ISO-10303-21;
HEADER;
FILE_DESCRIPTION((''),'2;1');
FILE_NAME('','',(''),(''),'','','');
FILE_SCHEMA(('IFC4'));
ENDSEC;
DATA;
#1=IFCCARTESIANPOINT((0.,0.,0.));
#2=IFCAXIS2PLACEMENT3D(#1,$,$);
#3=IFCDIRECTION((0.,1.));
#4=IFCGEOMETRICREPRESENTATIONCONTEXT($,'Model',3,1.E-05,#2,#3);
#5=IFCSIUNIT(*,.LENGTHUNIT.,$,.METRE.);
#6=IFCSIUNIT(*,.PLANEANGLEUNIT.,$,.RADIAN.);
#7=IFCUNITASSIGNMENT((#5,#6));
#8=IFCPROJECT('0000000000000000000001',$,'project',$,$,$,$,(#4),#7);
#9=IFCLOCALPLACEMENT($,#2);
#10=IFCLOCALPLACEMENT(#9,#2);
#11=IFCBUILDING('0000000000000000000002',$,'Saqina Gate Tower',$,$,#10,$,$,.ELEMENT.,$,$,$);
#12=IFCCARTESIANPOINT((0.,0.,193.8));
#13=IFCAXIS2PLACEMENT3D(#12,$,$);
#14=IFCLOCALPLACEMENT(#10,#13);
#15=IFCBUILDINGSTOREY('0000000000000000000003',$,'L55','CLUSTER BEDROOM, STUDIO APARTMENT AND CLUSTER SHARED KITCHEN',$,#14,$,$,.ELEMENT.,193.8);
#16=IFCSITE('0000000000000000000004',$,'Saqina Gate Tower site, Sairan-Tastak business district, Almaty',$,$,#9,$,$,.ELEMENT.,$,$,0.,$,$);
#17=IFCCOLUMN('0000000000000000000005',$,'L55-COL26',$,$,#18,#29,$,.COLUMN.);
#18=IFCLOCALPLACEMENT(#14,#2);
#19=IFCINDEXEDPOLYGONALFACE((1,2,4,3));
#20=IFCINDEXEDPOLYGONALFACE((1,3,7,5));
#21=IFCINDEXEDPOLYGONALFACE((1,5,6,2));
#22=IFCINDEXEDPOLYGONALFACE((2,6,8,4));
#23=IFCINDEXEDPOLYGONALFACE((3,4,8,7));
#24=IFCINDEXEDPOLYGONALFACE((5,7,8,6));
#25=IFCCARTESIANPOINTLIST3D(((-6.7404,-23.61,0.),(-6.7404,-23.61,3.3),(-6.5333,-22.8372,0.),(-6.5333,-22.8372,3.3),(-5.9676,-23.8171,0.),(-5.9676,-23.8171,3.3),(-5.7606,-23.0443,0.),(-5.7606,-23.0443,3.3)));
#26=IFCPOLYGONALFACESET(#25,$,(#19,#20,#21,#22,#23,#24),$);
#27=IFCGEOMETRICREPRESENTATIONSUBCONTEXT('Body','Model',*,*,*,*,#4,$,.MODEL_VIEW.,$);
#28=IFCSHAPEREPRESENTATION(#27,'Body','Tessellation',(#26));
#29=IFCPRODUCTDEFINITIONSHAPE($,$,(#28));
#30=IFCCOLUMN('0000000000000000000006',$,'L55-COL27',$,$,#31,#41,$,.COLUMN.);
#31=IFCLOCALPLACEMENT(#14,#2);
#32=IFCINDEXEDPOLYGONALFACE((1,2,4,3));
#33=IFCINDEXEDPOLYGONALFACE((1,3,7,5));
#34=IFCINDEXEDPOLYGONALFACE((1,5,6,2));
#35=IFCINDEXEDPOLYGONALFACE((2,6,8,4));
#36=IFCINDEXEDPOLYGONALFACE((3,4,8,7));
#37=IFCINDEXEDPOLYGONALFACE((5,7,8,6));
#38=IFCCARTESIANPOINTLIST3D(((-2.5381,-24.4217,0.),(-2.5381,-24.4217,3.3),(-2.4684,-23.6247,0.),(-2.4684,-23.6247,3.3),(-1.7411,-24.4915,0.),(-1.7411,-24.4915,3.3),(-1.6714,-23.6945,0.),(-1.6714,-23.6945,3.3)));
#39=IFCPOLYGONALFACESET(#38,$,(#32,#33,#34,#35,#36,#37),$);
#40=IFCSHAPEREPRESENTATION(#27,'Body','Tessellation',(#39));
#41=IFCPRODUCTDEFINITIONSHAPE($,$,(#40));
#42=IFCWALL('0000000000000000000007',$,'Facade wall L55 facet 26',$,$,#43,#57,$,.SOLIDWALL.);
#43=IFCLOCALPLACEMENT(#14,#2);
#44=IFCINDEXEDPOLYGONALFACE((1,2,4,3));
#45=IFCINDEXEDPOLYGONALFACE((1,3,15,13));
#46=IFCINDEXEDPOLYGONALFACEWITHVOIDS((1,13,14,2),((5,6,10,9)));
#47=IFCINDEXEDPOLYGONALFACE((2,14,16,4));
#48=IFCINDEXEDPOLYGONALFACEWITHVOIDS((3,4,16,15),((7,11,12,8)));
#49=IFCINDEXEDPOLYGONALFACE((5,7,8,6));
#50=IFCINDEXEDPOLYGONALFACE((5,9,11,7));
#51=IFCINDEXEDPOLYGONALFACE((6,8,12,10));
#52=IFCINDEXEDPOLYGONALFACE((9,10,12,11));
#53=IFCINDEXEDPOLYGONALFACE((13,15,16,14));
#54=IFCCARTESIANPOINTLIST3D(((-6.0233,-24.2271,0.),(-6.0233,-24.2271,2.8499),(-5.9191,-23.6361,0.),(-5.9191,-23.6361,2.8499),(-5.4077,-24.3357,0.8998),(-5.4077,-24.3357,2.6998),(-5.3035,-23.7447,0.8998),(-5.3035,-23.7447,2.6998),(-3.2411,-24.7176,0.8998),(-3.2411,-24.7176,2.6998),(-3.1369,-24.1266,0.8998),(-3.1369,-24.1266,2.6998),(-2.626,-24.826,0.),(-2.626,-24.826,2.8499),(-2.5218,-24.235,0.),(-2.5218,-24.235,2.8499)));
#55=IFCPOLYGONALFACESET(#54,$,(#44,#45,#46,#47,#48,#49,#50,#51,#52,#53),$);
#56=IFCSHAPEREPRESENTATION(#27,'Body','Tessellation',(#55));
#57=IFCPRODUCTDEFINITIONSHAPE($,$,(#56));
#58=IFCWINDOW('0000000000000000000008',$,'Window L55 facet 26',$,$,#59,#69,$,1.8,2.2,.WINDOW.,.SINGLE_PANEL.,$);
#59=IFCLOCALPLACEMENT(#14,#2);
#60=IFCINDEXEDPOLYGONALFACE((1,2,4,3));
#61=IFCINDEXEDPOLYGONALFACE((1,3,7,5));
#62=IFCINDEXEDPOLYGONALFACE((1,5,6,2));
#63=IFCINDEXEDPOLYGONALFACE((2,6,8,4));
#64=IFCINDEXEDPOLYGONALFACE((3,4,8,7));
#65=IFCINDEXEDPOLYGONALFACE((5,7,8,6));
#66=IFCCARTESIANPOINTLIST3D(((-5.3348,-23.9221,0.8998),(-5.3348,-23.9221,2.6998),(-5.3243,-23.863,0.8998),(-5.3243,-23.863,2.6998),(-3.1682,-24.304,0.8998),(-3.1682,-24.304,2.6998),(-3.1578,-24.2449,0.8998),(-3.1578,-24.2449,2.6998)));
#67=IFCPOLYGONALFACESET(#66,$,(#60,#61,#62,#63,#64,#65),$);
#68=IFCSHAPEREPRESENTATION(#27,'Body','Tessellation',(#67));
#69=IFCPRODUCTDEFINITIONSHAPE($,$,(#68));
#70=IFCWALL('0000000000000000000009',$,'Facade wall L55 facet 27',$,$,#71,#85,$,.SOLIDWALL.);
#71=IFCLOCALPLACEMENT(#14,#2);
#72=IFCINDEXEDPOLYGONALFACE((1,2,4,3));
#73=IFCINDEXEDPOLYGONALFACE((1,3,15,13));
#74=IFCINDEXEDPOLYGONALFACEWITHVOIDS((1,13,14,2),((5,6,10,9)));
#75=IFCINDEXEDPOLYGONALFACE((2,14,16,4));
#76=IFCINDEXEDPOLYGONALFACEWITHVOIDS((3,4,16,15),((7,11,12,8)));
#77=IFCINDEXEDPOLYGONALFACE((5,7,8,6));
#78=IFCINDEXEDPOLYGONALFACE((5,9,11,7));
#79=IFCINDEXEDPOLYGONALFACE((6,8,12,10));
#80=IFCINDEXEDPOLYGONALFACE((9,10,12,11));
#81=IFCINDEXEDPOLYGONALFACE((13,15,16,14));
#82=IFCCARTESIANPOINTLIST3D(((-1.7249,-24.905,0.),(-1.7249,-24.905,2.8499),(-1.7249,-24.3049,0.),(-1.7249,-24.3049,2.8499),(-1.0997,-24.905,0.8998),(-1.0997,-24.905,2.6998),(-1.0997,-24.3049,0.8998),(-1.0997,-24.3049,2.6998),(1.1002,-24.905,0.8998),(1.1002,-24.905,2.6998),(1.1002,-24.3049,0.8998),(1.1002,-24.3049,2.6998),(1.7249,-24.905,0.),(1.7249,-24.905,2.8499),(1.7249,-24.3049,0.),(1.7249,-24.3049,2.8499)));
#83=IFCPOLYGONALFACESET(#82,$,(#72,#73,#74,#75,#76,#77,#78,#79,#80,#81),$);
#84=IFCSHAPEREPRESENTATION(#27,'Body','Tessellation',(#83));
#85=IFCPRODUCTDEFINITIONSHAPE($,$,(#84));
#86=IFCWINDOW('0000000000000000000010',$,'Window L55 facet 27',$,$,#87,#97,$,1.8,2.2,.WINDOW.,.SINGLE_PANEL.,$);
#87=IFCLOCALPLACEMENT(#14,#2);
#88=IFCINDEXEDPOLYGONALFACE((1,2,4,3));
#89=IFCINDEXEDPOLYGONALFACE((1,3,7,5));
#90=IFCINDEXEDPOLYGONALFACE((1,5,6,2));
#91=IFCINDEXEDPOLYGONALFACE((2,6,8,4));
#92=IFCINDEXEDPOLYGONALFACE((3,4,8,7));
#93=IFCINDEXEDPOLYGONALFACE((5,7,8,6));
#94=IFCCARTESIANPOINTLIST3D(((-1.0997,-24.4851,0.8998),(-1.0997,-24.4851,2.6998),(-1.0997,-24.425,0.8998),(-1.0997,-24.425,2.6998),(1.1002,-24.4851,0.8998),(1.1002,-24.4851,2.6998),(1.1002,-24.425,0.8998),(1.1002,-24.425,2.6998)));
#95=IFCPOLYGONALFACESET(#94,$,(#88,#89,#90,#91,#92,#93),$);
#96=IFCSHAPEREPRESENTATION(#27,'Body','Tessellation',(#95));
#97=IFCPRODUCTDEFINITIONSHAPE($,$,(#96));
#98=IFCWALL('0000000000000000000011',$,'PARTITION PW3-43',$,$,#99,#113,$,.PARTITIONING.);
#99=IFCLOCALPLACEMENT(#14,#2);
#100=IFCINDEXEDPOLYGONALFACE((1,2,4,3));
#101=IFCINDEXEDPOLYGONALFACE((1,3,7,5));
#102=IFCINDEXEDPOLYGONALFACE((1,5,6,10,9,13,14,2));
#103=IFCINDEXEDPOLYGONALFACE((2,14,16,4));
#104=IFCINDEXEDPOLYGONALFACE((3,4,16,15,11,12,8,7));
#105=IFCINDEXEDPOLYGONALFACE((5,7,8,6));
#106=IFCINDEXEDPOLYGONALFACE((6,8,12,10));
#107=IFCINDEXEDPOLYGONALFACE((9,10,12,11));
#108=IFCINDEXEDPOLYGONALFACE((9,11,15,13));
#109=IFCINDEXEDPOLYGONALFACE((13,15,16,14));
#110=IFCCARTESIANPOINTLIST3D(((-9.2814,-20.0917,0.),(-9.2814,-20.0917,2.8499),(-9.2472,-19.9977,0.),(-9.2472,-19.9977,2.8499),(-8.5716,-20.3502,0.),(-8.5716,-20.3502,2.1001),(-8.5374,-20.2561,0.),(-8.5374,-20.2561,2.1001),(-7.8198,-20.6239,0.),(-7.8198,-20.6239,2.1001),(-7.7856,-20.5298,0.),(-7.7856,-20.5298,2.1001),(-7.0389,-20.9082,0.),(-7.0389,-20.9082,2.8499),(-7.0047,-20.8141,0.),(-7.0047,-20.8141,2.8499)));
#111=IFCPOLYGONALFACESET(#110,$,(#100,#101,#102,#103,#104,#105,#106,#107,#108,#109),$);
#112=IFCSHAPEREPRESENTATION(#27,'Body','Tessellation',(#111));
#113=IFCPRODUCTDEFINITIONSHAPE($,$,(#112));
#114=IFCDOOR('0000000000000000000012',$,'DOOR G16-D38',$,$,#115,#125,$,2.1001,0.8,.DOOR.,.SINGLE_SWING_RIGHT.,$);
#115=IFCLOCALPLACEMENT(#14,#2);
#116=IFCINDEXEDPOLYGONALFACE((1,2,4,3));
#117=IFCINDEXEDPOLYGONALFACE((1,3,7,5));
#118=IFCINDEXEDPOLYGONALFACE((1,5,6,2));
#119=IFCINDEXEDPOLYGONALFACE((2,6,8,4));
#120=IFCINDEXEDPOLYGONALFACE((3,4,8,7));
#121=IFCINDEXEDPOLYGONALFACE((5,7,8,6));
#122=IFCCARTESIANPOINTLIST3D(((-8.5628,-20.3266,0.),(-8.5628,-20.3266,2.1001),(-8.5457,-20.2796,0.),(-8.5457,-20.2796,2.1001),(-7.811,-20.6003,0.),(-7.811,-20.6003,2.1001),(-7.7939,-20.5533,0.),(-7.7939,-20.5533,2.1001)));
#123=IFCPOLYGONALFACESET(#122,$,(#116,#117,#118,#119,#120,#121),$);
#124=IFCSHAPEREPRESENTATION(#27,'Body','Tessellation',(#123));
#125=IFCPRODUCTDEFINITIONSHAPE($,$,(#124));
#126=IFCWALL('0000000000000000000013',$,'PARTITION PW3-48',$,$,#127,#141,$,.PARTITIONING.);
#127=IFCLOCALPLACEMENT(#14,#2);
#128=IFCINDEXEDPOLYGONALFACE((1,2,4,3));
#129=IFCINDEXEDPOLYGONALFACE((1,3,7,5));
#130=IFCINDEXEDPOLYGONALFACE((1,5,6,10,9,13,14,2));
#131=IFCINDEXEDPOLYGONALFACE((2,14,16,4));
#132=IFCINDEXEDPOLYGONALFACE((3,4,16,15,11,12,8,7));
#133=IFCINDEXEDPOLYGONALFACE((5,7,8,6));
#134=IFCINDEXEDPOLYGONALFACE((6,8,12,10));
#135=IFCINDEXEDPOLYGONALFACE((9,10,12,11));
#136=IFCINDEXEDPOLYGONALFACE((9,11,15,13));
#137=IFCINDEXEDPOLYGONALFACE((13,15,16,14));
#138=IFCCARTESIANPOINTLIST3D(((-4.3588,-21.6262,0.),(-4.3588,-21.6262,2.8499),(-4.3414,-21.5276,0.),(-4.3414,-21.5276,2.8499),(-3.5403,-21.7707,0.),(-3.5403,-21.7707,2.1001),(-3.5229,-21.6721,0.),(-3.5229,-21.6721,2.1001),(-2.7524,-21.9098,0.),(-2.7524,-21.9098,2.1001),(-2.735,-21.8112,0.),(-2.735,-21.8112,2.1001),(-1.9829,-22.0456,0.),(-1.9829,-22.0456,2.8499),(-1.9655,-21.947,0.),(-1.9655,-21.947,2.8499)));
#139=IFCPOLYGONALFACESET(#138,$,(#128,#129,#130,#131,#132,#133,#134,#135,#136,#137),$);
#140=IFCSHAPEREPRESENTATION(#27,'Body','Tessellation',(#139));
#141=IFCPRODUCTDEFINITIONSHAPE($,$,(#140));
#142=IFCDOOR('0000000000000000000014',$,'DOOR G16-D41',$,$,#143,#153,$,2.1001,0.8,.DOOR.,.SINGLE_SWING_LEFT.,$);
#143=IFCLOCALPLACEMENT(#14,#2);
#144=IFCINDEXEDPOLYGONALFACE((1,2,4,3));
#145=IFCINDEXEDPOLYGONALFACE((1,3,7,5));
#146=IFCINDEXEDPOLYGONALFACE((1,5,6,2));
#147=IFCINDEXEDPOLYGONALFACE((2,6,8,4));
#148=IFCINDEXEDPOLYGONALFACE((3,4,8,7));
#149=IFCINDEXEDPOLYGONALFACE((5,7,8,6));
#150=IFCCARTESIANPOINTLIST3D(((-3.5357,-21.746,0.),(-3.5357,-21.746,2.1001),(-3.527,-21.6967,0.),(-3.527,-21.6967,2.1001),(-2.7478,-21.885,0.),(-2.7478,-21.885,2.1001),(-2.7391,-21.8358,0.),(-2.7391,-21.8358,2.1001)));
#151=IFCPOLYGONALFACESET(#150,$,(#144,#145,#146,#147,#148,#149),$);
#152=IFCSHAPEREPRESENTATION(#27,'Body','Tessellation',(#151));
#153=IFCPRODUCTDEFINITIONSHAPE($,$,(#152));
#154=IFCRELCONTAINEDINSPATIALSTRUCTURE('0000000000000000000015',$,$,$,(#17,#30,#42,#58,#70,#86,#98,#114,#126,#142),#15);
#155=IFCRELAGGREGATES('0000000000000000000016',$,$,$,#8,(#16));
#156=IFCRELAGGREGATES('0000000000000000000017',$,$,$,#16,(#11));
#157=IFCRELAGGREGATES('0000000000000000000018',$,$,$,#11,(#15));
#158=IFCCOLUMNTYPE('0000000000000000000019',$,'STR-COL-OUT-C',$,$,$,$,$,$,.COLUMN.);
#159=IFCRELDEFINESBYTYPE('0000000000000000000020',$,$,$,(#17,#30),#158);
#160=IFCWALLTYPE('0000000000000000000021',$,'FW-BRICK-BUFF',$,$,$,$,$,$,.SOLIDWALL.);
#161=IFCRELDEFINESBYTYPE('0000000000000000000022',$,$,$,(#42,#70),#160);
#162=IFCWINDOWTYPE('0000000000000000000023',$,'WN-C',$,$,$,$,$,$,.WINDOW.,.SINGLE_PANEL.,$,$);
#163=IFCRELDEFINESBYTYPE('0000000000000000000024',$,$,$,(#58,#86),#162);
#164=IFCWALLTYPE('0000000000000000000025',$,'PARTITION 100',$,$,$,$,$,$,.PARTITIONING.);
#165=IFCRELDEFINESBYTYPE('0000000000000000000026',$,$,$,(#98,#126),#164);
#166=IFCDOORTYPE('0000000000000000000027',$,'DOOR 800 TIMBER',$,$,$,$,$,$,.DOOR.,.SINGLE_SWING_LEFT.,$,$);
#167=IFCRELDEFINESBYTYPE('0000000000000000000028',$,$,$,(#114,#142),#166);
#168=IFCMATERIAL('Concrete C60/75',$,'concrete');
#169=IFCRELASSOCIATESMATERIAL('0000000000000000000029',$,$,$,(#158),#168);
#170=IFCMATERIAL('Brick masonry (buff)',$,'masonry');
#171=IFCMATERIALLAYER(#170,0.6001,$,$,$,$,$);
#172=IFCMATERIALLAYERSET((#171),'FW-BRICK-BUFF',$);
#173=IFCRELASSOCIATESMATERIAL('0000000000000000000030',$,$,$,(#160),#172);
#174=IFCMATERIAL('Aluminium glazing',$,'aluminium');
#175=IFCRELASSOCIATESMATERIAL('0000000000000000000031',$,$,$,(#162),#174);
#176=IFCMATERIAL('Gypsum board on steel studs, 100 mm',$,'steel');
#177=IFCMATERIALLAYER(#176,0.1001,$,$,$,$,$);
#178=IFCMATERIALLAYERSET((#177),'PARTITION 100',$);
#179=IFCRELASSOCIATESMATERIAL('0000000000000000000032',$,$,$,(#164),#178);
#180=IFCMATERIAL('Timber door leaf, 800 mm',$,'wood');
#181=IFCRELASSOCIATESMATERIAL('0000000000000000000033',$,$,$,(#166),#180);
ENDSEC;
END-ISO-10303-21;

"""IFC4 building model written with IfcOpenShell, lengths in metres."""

from ifc_helpers import new_model, si_unit, direction, frame, frame_2d, origin, origin_2d, place, context, subcontext, project, spatial, rectangle, extrude, material, layer, layer_set, material_profile, profile_set, type_object, element, fill, save


model = new_model("IFC4")

# Units and contexts
model_context = context("Model", 3, precision=1e-05, world=origin(), true_north=direction((0.0, 1.0)))
body_context = subcontext(model_context, "Body", "Model", "MODEL_VIEW")
ifc_project = project(units=[si_unit("LENGTHUNIT", "METRE"), si_unit("PLANEANGLEUNIT", "RADIAN")], contexts=[model_context])

# Site, building, storey
site_placement = place(None, origin())
site = spatial("IfcSite", under=ifc_project, at=site_placement, Name="Saqina Gate Tower site, Sairan-Tastak business district, Almaty", CompositionType="ELEMENT", RefElevation=0.0)
building_placement = place(site_placement, origin())
building = spatial("IfcBuilding", under=site, at=building_placement, Name="Saqina Gate Tower", CompositionType="ELEMENT")
storey_placement = place(building_placement, frame((0.0, 0.0, 193.8)))
storey = spatial("IfcBuildingStorey", under=building, at=storey_placement, Name="L55", Description="CLUSTER BEDROOM, STUDIO APARTMENT AND CLUSTER SHARED KITCHEN", CompositionType="ELEMENT", Elevation=193.8)

# Columns
ifc_material_1 = material(Name="Concrete C60/75", Category="concrete")
ifc_material_profile = material_profile(ifc_material_1, rectangle(XDim=0.8, YDim=0.8, at=origin_2d()), Name="RC 800x800")
ifc_profile_set = profile_set([ifc_material_profile], Name="Concrete C60/75")
column_type = type_object("IfcColumnType", Name="STR-COL-OUT-C", PredefinedType="COLUMN", material=ifc_profile_set)
for number, where, z_axis, x_axis, name in (
    (1, (-6.2505, -23.3271, 0.0), (0.0, 0.0, 1.0), (-0.258819, -0.965926, 0.0), "L55-COL26"),
    (2, (-2.1047, -24.0581, 0.0), (0.0, 0.0, 1.0), (-0.087156, -0.996195, 0.0), "L55-COL27"),
):
    element("IfcColumn", number, at=place(storey_placement, frame(where, z_axis=z_axis, x_axis=x_axis)), inside=storey, type_object=column_type, Name=name, PredefinedType="COLUMN", context=body_context, shape_type="SweptSolid", body=[
        extrude(rectangle(XDim=0.8, YDim=0.8, at=origin_2d()), origin(), (0.0, 0.0, 1.0), 3.3),
    ])

# Walls, openings, windows
ifc_material_2 = material(Name="Brick masonry (buff)", Category="masonry")
ifc_layer_1 = layer(ifc_material_2, 0.6001)
ifc_layer_set_1 = layer_set([ifc_layer_1], Name="FW-BRICK-BUFF")
wall_type_1 = type_object("IfcWallType", Name="FW-BRICK-BUFF", PredefinedType="SOLIDWALL", material=ifc_layer_set_1)
wall_1_placement = place(storey_placement, frame((-5.9712, -23.9316, 0.0), z_axis=(0.0, 0.0, 1.0), x_axis=(0.984815, -0.173608, 0.0)))
wall_1 = element("IfcWall", 3, at=wall_1_placement, inside=storey, type_object=wall_type_1, Name="Facade wall L55 facet 26", PredefinedType="SOLIDWALL", context=body_context, shape_type="SweptSolid", body=[
    extrude(rectangle(XDim=3.4497, YDim=0.6001, at=frame_2d((1.7249, 0.0))), origin(), (0.0, 0.0, 1.0), 2.8499),
])
opening_1_placement = place(wall_1_placement, frame((0.625, 0.0, 0.8999)))
opening_1 = element("IfcOpeningElement", 4, at=opening_1_placement, cuts=wall_1, PredefinedType="OPENING", context=body_context, shape_type="SweptSolid", body=[
    extrude(rectangle(XDim=2.2, YDim=1.8, at=frame_2d((1.1001, 0.8999))), frame((0.0, 0.312, 0.0), z_axis=(0.0, -1.0, 0.0), x_axis=(1.0, 0.0, 0.0)), (0.0, 0.0, 1.0), 0.624),
])
ifc_material_3 = material(Name="Aluminium glazing", Category="aluminium")
window_type = type_object("IfcWindowType", Name="WN-C", PartitioningType="SINGLE_PANEL", PredefinedType="WINDOW", material=ifc_material_3)
window_1_placement = place(opening_1_placement, origin())
window_1 = element("IfcWindow", 5, at=window_1_placement, inside=storey, type_object=window_type, Name="Window L55 facet 26", OverallHeight=1.8, OverallWidth=2.2, PartitioningType="SINGLE_PANEL", PredefinedType="WINDOW", context=body_context, shape_type="SweptSolid", body=[
    extrude(rectangle(XDim=2.2, YDim=1.8, at=frame_2d((1.1001, 0.8999))), frame((0.0, 0.1799, 0.0), z_axis=(0.0, -1.0, 0.0), x_axis=(1.0, 0.0, 0.0)), (0.0, 0.0, 1.0), 0.0601),
])
fill(opening_1, window_1)
wall_2_placement = place(storey_placement, frame((-1.7249, -24.605, 0.0), z_axis=(0.0, 0.0, 1.0), x_axis=(1.0, 0.0, 0.0)))
wall_2 = element("IfcWall", 6, at=wall_2_placement, inside=storey, type_object=wall_type_1, Name="Facade wall L55 facet 27", PredefinedType="SOLIDWALL", context=body_context, shape_type="SweptSolid", body=[
    extrude(rectangle(XDim=3.4497, YDim=0.6001, at=frame_2d((1.7249, 0.0))), origin(), (0.0, 0.0, 1.0), 2.8499),
])
opening_2_placement = place(wall_2_placement, frame((0.625, 0.0, 0.8999)))
opening_2 = element("IfcOpeningElement", 7, at=opening_2_placement, cuts=wall_2, PredefinedType="OPENING", context=body_context, shape_type="SweptSolid", body=[
    extrude(rectangle(XDim=2.2, YDim=1.8, at=frame_2d((1.1001, 0.8999))), frame((0.0, 0.312, 0.0), z_axis=(0.0, -1.0, 0.0), x_axis=(1.0, 0.0, 0.0)), (0.0, 0.0, 1.0), 0.624),
])
window_2_placement = place(opening_2_placement, origin())
window_2 = element("IfcWindow", 8, at=window_2_placement, inside=storey, type_object=window_type, Name="Window L55 facet 27", OverallHeight=1.8, OverallWidth=2.2, PartitioningType="SINGLE_PANEL", PredefinedType="WINDOW", context=body_context, shape_type="SweptSolid", body=[
    extrude(rectangle(XDim=2.2, YDim=1.8, at=frame_2d((1.1001, 0.8999))), frame((0.0, 0.1799, 0.0), z_axis=(0.0, -1.0, 0.0), x_axis=(1.0, 0.0, 0.0)), (0.0, 0.0, 1.0), 0.0601),
])
fill(opening_2, window_2)

# Walls, openings, doors
ifc_material_4 = material(Name="Gypsum board on steel studs, 100 mm", Category="steel")
ifc_layer_2 = layer(ifc_material_4, 0.1001)
ifc_layer_set_2 = layer_set([ifc_layer_2], Name="PARTITION 100")
wall_type_2 = type_object("IfcWallType", Name="PARTITION 100", PredefinedType="PARTITIONING", material=ifc_layer_set_2)
wall_3_placement = place(storey_placement, frame((-9.2644, -20.0447, 0.0), z_axis=(0.0, 0.0, 1.0), x_axis=(0.939662, -0.342104, 0.0)))
wall_3 = element("IfcWall", 9, at=wall_3_placement, inside=storey, type_object=wall_type_2, Name="PARTITION PW3-43", PredefinedType="PARTITIONING", context=body_context, shape_type="SweptSolid", body=[
    extrude(rectangle(XDim=2.3865, YDim=0.1001, at=frame_2d((1.1934, 0.0))), origin(), (0.0, 0.0, 1.0), 2.8499),
])
opening_3_placement = place(wall_3_placement, frame((0.7556, 0.0, 0.0)))
opening_3 = element("IfcOpeningElement", 10, at=opening_3_placement, cuts=wall_3, PredefinedType="OPENING", context=body_context, shape_type="SweptSolid", body=[
    extrude(rectangle(XDim=0.8, YDim=2.1001, at=frame_2d((0.3999, 1.05))), frame((0.0, 0.062, 0.0), z_axis=(0.0, -1.0, 0.0), x_axis=(1.0, 0.0, 0.0)), (0.0, 0.0, 1.0), 0.124),
])
ifc_material_5 = material(Name="Timber door leaf, 800 mm", Category="wood")
door_type_1 = type_object("IfcDoorType", Name="DOOR 800 TIMBER", OperationType="SINGLE_SWING_LEFT", PredefinedType="DOOR", material=ifc_material_5)
door_1_placement = place(opening_3_placement, frame((0.8, 0.0, 0.0), z_axis=(0.0, 0.0, 1.0), x_axis=(-1.0, 0.0, 0.0)))
door_1 = element("IfcDoor", 11, at=door_1_placement, inside=storey, type_object=door_type_1, Name="DOOR G16-D38", OperationType="SINGLE_SWING_RIGHT", OverallHeight=2.1001, OverallWidth=0.8, PredefinedType="DOOR", context=body_context, shape_type="SweptSolid", body=[
    extrude(rectangle(XDim=0.8, YDim=2.1001, at=frame_2d((0.3999, 1.05))), frame((0.0, 0.0249, 0.0), z_axis=(0.0, -1.0, 0.0), x_axis=(1.0, 0.0, 0.0)), (0.0, 0.0, 1.0), 0.05),
])
fill(opening_3, door_1)
wall_4_placement = place(storey_placement, frame((-4.3501, -21.5769, 0.0), z_axis=(0.0, 0.0, 1.0), x_axis=(0.984773, -0.173843, 0.0)))
wall_4 = element("IfcWall", 12, at=wall_4_placement, inside=storey, type_object=wall_type_2, Name="PARTITION PW3-48", PredefinedType="PARTITIONING", context=body_context, shape_type="SweptSolid", body=[
    extrude(rectangle(XDim=2.4126, YDim=0.1001, at=frame_2d((1.2063, 0.0))), origin(), (0.0, 0.0, 1.0), 2.8499),
])
opening_4_placement = place(wall_4_placement, frame((0.8313, 0.0, 0.0)))
opening_4 = element("IfcOpeningElement", 13, at=opening_4_placement, cuts=wall_4, PredefinedType="OPENING", context=body_context, shape_type="SweptSolid", body=[
    extrude(rectangle(XDim=0.8, YDim=2.1001, at=frame_2d((0.3999, 1.05))), frame((0.0, 0.062, 0.0), z_axis=(0.0, -1.0, 0.0), x_axis=(1.0, 0.0, 0.0)), (0.0, 0.0, 1.0), 0.124),
])
door_2_placement = place(opening_4_placement, frame((0.8, 0.0, 0.0), z_axis=(0.0, 0.0, 1.0), x_axis=(-1.0, 0.0, 0.0)))
door_2 = element("IfcDoor", 14, at=door_2_placement, inside=storey, type_object=door_type_1, Name="DOOR G16-D41", OperationType="SINGLE_SWING_LEFT", OverallHeight=2.1001, OverallWidth=0.8, PredefinedType="DOOR", context=body_context, shape_type="SweptSolid", body=[
    extrude(rectangle(XDim=0.8, YDim=2.1001, at=frame_2d((0.3999, 1.05))), frame((0.0, 0.0249, 0.0), z_axis=(0.0, -1.0, 0.0), x_axis=(1.0, 0.0, 0.0)), (0.0, 0.0, 1.0), 0.05),
])
fill(opening_4, door_2)

save(model, "model.ifc")
